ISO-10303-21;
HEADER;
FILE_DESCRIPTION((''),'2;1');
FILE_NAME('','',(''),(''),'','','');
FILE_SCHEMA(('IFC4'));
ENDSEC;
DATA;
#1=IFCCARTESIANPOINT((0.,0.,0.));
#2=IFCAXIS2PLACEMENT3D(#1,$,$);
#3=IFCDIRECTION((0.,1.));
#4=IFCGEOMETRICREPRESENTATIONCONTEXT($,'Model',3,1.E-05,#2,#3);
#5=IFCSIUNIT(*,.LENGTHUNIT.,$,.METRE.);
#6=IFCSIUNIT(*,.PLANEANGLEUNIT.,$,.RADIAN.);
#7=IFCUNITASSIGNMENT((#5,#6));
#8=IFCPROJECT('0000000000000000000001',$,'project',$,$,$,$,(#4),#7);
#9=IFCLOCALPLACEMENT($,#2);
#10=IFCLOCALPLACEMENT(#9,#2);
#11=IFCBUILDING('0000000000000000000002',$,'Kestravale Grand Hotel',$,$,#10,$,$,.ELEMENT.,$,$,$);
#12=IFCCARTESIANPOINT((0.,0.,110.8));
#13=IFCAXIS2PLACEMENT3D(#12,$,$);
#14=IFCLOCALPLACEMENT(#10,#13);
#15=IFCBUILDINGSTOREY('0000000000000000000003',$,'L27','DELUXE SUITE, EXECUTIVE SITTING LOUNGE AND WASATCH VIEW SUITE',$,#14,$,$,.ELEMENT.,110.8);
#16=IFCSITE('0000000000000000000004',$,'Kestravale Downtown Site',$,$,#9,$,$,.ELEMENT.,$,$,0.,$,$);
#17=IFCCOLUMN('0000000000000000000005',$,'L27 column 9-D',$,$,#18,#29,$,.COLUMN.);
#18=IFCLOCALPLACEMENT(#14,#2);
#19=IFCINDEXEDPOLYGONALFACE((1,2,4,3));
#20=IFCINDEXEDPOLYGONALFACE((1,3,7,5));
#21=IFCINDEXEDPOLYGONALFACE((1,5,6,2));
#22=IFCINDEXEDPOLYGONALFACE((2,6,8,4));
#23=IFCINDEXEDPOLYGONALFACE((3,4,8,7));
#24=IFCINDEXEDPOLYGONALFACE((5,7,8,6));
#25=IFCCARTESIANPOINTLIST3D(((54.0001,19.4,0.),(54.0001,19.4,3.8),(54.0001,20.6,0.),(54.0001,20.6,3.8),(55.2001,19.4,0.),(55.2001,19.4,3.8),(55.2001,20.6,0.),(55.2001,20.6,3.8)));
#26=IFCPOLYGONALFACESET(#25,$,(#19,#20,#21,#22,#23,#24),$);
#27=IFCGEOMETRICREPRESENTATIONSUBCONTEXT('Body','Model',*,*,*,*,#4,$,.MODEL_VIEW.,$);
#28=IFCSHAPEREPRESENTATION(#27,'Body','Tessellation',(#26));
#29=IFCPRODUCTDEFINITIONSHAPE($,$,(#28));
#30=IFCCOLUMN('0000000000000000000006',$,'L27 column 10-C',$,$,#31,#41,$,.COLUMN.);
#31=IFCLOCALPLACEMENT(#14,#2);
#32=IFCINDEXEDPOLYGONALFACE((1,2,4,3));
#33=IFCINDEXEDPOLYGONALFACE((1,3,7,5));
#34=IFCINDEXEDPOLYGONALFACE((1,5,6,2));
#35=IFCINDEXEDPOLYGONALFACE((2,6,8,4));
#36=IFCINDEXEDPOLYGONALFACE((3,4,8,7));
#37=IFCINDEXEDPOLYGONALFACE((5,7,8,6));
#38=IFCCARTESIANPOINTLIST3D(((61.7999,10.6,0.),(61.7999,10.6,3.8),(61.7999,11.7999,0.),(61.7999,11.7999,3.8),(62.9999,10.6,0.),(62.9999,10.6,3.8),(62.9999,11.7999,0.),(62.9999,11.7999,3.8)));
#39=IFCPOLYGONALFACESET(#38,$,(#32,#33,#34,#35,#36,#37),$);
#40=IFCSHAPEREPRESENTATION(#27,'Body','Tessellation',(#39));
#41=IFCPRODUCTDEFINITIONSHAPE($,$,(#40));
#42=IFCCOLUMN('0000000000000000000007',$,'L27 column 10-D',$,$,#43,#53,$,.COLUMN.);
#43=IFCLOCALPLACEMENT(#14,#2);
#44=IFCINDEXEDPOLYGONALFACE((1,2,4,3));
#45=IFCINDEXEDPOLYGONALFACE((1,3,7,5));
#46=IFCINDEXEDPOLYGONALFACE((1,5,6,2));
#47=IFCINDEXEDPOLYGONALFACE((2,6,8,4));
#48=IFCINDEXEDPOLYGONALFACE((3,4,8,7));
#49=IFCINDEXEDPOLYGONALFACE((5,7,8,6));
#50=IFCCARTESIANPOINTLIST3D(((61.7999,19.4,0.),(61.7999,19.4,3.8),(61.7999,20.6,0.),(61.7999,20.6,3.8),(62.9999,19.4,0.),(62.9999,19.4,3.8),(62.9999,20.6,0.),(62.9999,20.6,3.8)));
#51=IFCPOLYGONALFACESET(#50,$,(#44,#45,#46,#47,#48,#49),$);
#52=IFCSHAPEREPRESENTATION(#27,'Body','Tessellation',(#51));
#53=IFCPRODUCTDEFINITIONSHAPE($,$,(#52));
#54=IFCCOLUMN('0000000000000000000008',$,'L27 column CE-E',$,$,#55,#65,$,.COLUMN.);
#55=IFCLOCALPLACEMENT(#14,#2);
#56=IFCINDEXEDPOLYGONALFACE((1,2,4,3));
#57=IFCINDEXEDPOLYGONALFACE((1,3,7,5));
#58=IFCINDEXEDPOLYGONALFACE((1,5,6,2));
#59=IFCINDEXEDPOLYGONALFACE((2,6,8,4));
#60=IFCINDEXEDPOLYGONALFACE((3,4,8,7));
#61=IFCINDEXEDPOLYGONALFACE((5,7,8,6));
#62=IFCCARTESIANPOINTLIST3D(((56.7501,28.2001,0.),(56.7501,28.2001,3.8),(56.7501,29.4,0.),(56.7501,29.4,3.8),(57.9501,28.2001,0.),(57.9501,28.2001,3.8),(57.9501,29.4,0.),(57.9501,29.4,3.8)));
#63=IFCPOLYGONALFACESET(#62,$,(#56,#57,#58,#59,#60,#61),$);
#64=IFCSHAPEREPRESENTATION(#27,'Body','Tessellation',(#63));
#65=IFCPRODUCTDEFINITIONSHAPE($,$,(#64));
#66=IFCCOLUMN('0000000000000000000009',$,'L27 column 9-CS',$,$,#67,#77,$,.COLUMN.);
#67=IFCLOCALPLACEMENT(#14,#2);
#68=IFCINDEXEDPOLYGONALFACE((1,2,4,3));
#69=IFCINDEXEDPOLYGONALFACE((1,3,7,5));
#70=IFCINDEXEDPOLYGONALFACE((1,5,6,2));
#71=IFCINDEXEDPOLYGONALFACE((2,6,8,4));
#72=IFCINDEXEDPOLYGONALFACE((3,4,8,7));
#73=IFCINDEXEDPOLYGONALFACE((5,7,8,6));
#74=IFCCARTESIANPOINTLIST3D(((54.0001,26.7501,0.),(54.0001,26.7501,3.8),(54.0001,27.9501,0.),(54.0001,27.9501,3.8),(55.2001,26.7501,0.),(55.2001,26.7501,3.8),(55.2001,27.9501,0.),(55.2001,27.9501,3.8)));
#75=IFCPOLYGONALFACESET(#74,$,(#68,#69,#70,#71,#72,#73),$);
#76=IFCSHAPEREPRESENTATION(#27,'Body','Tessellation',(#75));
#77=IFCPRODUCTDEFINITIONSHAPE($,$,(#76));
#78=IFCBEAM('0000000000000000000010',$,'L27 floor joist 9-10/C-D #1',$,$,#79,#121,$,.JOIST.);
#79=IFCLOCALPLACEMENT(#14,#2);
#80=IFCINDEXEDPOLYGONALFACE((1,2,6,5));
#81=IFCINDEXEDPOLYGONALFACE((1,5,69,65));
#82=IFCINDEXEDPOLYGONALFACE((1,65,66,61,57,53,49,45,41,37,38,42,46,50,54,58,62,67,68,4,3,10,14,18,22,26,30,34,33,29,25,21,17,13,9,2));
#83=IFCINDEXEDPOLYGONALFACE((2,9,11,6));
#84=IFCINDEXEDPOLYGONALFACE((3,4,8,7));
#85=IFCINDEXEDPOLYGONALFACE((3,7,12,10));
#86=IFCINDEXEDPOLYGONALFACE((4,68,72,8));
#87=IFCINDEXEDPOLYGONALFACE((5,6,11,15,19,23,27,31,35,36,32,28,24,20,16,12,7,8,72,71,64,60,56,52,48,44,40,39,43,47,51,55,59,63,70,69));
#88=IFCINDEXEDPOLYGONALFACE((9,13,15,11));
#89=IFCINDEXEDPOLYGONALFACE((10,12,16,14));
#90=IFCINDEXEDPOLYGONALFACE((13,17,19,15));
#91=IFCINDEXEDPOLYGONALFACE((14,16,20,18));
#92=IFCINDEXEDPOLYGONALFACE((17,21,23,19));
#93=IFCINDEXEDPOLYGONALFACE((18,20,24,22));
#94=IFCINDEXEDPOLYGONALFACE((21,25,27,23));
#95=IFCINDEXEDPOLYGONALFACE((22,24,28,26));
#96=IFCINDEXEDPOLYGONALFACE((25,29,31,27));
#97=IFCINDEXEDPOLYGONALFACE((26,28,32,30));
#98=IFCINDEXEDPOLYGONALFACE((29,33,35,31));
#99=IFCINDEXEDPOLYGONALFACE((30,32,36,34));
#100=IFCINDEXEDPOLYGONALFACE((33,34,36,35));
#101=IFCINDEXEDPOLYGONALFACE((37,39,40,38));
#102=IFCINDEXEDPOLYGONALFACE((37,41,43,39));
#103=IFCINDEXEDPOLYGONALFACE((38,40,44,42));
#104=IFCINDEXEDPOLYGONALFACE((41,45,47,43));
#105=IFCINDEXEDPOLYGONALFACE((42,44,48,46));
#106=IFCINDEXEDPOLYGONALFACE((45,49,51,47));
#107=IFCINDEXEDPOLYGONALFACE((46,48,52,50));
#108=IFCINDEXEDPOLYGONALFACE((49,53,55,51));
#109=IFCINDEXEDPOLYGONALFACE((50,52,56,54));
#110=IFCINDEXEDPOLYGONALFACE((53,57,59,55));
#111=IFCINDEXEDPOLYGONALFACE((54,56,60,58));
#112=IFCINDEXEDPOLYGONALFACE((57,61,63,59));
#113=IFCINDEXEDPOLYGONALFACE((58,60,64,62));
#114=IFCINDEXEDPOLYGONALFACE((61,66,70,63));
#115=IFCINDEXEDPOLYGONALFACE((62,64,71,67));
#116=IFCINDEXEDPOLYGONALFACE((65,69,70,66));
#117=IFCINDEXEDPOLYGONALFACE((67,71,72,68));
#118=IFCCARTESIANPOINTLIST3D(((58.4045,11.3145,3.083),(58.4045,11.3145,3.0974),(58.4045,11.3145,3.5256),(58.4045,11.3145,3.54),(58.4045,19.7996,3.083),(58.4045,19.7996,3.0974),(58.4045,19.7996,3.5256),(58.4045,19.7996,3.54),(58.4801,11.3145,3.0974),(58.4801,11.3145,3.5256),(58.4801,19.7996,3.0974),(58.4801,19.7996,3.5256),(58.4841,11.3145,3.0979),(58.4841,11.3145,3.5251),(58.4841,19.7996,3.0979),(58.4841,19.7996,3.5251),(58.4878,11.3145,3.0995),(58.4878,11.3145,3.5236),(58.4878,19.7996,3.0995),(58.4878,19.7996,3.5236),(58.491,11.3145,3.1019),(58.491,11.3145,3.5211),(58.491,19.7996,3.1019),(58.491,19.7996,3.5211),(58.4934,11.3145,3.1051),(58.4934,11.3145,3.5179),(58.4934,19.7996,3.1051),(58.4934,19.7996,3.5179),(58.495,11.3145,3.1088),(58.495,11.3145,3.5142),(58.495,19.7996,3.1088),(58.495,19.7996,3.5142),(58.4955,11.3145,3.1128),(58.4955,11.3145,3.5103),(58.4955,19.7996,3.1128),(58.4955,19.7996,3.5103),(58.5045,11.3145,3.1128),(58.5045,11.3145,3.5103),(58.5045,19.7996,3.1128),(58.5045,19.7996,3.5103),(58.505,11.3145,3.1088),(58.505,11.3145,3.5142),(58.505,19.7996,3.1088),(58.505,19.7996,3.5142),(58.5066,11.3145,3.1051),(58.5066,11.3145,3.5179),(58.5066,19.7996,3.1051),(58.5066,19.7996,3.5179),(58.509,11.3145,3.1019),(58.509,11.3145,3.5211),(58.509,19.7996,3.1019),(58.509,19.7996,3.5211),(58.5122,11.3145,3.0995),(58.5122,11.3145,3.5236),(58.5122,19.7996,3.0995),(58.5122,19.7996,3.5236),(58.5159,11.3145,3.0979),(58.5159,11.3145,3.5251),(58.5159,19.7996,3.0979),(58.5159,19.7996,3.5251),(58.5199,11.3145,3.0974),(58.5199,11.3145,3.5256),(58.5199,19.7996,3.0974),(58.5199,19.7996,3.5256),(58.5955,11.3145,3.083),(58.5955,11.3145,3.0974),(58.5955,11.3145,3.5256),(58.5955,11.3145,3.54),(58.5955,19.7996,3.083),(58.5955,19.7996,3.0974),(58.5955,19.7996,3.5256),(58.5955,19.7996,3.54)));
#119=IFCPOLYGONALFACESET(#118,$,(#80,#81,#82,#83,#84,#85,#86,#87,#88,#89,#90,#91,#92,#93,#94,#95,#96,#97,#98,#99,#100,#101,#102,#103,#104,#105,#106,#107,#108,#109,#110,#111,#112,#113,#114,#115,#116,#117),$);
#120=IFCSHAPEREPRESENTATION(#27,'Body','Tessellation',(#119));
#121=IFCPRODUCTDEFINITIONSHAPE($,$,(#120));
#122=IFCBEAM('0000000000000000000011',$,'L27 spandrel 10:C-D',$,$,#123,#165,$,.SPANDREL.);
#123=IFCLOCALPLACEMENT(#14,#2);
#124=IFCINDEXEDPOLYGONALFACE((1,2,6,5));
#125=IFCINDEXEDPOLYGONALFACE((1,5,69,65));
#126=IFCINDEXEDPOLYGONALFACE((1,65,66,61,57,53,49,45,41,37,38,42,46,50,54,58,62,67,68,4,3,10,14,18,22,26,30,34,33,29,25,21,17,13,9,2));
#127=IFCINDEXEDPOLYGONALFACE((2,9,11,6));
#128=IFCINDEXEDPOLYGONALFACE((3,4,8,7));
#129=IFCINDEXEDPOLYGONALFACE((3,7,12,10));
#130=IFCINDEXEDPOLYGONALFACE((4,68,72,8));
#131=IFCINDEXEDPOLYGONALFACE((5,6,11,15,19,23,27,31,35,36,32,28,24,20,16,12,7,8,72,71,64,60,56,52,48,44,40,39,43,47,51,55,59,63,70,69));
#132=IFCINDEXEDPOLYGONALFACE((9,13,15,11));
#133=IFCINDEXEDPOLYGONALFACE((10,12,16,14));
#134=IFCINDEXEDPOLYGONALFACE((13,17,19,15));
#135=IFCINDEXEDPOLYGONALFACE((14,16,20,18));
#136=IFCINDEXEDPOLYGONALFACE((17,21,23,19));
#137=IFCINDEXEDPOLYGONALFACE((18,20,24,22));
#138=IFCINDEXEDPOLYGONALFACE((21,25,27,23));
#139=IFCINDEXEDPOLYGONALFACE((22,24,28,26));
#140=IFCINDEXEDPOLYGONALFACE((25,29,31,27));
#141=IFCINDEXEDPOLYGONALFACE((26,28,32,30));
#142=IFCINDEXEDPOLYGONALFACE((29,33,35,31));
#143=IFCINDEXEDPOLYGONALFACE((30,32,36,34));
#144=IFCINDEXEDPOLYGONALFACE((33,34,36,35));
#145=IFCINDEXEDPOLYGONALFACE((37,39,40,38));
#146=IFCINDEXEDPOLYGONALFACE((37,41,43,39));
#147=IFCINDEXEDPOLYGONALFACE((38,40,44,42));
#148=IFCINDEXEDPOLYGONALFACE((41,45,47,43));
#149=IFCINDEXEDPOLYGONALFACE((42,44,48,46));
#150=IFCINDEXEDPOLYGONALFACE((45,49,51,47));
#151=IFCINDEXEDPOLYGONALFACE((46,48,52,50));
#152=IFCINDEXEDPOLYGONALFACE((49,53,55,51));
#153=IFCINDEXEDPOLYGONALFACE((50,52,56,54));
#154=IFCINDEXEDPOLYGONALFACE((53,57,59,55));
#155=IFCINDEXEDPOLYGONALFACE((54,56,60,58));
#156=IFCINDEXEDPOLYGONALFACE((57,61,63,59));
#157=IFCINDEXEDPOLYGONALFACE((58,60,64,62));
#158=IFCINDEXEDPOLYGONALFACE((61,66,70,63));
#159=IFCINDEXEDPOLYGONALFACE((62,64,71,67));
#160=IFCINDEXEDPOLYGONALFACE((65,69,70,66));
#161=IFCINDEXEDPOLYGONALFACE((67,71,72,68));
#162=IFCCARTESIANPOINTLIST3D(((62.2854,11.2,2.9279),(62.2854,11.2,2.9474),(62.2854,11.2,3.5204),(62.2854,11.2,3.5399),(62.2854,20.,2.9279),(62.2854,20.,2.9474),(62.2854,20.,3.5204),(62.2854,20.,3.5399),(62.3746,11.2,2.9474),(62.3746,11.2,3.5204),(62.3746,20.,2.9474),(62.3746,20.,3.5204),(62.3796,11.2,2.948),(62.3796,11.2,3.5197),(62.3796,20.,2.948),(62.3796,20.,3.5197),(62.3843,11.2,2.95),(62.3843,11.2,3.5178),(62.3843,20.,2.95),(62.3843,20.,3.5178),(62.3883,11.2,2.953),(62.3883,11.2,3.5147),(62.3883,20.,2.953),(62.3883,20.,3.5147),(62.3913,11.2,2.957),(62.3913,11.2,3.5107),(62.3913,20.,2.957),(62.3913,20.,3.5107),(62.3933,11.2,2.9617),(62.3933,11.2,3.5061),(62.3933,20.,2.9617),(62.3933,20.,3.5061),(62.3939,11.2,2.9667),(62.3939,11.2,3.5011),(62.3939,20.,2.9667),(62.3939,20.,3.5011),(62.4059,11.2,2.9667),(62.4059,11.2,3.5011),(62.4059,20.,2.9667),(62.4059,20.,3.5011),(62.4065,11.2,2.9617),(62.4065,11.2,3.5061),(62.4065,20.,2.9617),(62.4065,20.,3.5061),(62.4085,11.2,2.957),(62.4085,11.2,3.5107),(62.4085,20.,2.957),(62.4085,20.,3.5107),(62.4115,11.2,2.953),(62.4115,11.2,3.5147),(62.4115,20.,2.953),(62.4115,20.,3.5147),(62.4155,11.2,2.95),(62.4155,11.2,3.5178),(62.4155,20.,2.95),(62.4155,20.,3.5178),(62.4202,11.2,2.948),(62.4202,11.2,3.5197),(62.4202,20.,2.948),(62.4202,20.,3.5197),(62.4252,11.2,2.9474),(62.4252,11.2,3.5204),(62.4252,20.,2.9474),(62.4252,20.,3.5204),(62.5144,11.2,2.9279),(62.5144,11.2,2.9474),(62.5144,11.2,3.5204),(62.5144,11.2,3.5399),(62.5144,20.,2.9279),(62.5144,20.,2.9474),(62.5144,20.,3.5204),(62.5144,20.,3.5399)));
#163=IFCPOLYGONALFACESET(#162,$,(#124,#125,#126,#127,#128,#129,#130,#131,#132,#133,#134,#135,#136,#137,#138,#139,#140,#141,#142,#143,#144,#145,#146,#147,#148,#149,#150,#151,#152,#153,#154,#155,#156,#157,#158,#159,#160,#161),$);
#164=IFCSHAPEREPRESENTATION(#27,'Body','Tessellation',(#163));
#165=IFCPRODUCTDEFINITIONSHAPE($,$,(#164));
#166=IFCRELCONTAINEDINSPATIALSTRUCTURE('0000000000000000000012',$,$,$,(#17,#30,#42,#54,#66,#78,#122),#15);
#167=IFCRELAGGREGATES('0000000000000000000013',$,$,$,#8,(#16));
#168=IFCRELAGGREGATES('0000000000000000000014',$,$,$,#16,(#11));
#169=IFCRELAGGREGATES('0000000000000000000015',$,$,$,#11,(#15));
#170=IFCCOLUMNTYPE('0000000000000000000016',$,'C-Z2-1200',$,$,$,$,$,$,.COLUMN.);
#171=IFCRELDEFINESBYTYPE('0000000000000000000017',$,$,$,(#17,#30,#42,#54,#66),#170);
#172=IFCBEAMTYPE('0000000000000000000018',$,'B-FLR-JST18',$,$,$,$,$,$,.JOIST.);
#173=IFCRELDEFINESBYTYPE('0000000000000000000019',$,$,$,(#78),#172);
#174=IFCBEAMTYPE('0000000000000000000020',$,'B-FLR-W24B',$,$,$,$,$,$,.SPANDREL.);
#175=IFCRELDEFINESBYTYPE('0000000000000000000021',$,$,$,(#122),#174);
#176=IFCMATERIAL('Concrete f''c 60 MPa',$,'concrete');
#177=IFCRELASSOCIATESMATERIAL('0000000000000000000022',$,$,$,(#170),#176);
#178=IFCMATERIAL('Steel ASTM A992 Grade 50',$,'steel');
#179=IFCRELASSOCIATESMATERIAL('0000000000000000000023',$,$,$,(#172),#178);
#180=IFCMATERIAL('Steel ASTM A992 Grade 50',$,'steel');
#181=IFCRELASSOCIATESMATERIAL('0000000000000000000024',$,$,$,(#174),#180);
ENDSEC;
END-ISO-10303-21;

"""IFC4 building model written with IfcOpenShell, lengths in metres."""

from ifc_helpers import new_model, si_unit, direction, frame, origin, origin_2d, place, context, subcontext, project, spatial, rectangle, i_section, extrude, material, material_profile, profile_set, type_object, element, save


model = new_model("IFC4")

# Units and contexts
model_context = context("Model", 3, precision=1e-05, world=origin(), true_north=direction((0.0, 1.0)))
body_context = subcontext(model_context, "Body", "Model", "MODEL_VIEW")
ifc_project = project(units=[si_unit("LENGTHUNIT", "METRE"), si_unit("PLANEANGLEUNIT", "RADIAN")], contexts=[model_context])

# Site, building, storey
site_placement = place(None, origin())
site = spatial("IfcSite", under=ifc_project, at=site_placement, Name="Kestravale Downtown Site", CompositionType="ELEMENT", RefElevation=0.0)
building_placement = place(site_placement, origin())
building = spatial("IfcBuilding", under=site, at=building_placement, Name="Kestravale Grand Hotel", CompositionType="ELEMENT")
storey_placement = place(building_placement, frame((0.0, 0.0, 110.8)))
storey = spatial("IfcBuildingStorey", under=building, at=storey_placement, Name="L27", Description="DELUXE SUITE, EXECUTIVE SITTING LOUNGE AND WASATCH VIEW SUITE", CompositionType="ELEMENT", Elevation=110.8)

# Columns
ifc_material_1 = material(Name="Concrete f'c 60 MPa", Category="concrete")
ifc_material_profile_1 = material_profile(ifc_material_1, rectangle(XDim=1.2, YDim=1.2, at=origin_2d()))
ifc_profile_set_1 = profile_set([ifc_material_profile_1], Name="Concrete f'c 60 MPa")
column_type = type_object("IfcColumnType", Name="C-Z2-1200", PredefinedType="COLUMN", material=ifc_profile_set_1)
for number, where, z_axis, x_axis, name in (
    (1, (54.6001, 20.0, 0.0), (0.0, 0.0, 1.0), (1.0, 0.0, 0.0), "L27 column 9-D"),
    (2, (62.3999, 11.2, 0.0), (0.0, 0.0, 1.0), (1.0, 0.0, 0.0), "L27 column 10-C"),
    (3, (62.3999, 20.0, 0.0), (0.0, 0.0, 1.0), (1.0, 0.0, 0.0), "L27 column 10-D"),
    (4, (57.3501, 28.8, 0.0), (0.0, 0.0, 1.0), (1.0, 0.0, 0.0), "L27 column CE-E"),
    (5, (54.6001, 27.3501, 0.0), (0.0, 0.0, 1.0), (1.0, 0.0, 0.0), "L27 column 9-CS"),
):
    element("IfcColumn", number, at=place(storey_placement, frame(where, z_axis=z_axis, x_axis=x_axis)), inside=storey, type_object=column_type, Name=name, PredefinedType="COLUMN", context=body_context, shape_type="SweptSolid", body=[
        extrude(rectangle(XDim=1.2, YDim=1.2, at=origin_2d()), origin(), (0.0, 0.0, 1.0), 3.8),
    ])

# Beams
ifc_material_2 = material(Name="Steel ASTM A992 Grade 50", Category="steel")
ifc_material_profile_2 = material_profile(ifc_material_2, i_section(OverallWidth=0.1909, OverallDepth=0.457, WebThickness=0.009, FlangeThickness=0.0144, FilletRadius=0.0154, at=origin_2d()))
ifc_profile_set_2 = profile_set([ifc_material_profile_2], Name="Steel ASTM A992 Grade 50")
beam_type_1 = type_object("IfcBeamType", Name="B-FLR-JST18", PredefinedType="JOIST", material=ifc_profile_set_2)
beam_1_placement = place(storey_placement, frame((58.5, 11.3145, 3.3115), z_axis=(0.0, 1.0, 0.0), x_axis=(-1.0, 0.0, 0.0)))
element("IfcBeam", 6, at=beam_1_placement, inside=storey, type_object=beam_type_1, Name="L27 floor joist 9-10/C-D #1", PredefinedType="JOIST", context=body_context, shape_type="SweptSolid", body=[
    extrude(i_section(OverallWidth=0.1909, OverallDepth=0.457, WebThickness=0.009, FlangeThickness=0.0144, FilletRadius=0.0154, at=origin_2d()), origin(), (0.0, 0.0, 1.0), 8.4851),
])
ifc_material_3 = material(Name="Steel ASTM A992 Grade 50", Category="steel")
ifc_material_profile_3 = material_profile(ifc_material_3, i_section(OverallWidth=0.229, OverallDepth=0.6121, WebThickness=0.012, FlangeThickness=0.0195, FilletRadius=0.0193, at=origin_2d()))
ifc_profile_set_3 = profile_set([ifc_material_profile_3], Name="Steel ASTM A992 Grade 50")
beam_type_2 = type_object("IfcBeamType", Name="B-FLR-W24B", PredefinedType="SPANDREL", material=ifc_profile_set_3)
beam_2_placement = place(storey_placement, frame((62.3999, 11.2, 3.2339), z_axis=(0.0, 1.0, 0.0), x_axis=(-1.0, 0.0, 0.0)))
element("IfcBeam", 7, at=beam_2_placement, inside=storey, type_object=beam_type_2, Name="L27 spandrel 10:C-D", PredefinedType="SPANDREL", context=body_context, shape_type="SweptSolid", body=[
    extrude(i_section(OverallWidth=0.229, OverallDepth=0.6121, WebThickness=0.012, FlangeThickness=0.0195, FilletRadius=0.0193, at=origin_2d()), origin(), (0.0, 0.0, 1.0), 8.8),
])

save(model, "model.ifc")
